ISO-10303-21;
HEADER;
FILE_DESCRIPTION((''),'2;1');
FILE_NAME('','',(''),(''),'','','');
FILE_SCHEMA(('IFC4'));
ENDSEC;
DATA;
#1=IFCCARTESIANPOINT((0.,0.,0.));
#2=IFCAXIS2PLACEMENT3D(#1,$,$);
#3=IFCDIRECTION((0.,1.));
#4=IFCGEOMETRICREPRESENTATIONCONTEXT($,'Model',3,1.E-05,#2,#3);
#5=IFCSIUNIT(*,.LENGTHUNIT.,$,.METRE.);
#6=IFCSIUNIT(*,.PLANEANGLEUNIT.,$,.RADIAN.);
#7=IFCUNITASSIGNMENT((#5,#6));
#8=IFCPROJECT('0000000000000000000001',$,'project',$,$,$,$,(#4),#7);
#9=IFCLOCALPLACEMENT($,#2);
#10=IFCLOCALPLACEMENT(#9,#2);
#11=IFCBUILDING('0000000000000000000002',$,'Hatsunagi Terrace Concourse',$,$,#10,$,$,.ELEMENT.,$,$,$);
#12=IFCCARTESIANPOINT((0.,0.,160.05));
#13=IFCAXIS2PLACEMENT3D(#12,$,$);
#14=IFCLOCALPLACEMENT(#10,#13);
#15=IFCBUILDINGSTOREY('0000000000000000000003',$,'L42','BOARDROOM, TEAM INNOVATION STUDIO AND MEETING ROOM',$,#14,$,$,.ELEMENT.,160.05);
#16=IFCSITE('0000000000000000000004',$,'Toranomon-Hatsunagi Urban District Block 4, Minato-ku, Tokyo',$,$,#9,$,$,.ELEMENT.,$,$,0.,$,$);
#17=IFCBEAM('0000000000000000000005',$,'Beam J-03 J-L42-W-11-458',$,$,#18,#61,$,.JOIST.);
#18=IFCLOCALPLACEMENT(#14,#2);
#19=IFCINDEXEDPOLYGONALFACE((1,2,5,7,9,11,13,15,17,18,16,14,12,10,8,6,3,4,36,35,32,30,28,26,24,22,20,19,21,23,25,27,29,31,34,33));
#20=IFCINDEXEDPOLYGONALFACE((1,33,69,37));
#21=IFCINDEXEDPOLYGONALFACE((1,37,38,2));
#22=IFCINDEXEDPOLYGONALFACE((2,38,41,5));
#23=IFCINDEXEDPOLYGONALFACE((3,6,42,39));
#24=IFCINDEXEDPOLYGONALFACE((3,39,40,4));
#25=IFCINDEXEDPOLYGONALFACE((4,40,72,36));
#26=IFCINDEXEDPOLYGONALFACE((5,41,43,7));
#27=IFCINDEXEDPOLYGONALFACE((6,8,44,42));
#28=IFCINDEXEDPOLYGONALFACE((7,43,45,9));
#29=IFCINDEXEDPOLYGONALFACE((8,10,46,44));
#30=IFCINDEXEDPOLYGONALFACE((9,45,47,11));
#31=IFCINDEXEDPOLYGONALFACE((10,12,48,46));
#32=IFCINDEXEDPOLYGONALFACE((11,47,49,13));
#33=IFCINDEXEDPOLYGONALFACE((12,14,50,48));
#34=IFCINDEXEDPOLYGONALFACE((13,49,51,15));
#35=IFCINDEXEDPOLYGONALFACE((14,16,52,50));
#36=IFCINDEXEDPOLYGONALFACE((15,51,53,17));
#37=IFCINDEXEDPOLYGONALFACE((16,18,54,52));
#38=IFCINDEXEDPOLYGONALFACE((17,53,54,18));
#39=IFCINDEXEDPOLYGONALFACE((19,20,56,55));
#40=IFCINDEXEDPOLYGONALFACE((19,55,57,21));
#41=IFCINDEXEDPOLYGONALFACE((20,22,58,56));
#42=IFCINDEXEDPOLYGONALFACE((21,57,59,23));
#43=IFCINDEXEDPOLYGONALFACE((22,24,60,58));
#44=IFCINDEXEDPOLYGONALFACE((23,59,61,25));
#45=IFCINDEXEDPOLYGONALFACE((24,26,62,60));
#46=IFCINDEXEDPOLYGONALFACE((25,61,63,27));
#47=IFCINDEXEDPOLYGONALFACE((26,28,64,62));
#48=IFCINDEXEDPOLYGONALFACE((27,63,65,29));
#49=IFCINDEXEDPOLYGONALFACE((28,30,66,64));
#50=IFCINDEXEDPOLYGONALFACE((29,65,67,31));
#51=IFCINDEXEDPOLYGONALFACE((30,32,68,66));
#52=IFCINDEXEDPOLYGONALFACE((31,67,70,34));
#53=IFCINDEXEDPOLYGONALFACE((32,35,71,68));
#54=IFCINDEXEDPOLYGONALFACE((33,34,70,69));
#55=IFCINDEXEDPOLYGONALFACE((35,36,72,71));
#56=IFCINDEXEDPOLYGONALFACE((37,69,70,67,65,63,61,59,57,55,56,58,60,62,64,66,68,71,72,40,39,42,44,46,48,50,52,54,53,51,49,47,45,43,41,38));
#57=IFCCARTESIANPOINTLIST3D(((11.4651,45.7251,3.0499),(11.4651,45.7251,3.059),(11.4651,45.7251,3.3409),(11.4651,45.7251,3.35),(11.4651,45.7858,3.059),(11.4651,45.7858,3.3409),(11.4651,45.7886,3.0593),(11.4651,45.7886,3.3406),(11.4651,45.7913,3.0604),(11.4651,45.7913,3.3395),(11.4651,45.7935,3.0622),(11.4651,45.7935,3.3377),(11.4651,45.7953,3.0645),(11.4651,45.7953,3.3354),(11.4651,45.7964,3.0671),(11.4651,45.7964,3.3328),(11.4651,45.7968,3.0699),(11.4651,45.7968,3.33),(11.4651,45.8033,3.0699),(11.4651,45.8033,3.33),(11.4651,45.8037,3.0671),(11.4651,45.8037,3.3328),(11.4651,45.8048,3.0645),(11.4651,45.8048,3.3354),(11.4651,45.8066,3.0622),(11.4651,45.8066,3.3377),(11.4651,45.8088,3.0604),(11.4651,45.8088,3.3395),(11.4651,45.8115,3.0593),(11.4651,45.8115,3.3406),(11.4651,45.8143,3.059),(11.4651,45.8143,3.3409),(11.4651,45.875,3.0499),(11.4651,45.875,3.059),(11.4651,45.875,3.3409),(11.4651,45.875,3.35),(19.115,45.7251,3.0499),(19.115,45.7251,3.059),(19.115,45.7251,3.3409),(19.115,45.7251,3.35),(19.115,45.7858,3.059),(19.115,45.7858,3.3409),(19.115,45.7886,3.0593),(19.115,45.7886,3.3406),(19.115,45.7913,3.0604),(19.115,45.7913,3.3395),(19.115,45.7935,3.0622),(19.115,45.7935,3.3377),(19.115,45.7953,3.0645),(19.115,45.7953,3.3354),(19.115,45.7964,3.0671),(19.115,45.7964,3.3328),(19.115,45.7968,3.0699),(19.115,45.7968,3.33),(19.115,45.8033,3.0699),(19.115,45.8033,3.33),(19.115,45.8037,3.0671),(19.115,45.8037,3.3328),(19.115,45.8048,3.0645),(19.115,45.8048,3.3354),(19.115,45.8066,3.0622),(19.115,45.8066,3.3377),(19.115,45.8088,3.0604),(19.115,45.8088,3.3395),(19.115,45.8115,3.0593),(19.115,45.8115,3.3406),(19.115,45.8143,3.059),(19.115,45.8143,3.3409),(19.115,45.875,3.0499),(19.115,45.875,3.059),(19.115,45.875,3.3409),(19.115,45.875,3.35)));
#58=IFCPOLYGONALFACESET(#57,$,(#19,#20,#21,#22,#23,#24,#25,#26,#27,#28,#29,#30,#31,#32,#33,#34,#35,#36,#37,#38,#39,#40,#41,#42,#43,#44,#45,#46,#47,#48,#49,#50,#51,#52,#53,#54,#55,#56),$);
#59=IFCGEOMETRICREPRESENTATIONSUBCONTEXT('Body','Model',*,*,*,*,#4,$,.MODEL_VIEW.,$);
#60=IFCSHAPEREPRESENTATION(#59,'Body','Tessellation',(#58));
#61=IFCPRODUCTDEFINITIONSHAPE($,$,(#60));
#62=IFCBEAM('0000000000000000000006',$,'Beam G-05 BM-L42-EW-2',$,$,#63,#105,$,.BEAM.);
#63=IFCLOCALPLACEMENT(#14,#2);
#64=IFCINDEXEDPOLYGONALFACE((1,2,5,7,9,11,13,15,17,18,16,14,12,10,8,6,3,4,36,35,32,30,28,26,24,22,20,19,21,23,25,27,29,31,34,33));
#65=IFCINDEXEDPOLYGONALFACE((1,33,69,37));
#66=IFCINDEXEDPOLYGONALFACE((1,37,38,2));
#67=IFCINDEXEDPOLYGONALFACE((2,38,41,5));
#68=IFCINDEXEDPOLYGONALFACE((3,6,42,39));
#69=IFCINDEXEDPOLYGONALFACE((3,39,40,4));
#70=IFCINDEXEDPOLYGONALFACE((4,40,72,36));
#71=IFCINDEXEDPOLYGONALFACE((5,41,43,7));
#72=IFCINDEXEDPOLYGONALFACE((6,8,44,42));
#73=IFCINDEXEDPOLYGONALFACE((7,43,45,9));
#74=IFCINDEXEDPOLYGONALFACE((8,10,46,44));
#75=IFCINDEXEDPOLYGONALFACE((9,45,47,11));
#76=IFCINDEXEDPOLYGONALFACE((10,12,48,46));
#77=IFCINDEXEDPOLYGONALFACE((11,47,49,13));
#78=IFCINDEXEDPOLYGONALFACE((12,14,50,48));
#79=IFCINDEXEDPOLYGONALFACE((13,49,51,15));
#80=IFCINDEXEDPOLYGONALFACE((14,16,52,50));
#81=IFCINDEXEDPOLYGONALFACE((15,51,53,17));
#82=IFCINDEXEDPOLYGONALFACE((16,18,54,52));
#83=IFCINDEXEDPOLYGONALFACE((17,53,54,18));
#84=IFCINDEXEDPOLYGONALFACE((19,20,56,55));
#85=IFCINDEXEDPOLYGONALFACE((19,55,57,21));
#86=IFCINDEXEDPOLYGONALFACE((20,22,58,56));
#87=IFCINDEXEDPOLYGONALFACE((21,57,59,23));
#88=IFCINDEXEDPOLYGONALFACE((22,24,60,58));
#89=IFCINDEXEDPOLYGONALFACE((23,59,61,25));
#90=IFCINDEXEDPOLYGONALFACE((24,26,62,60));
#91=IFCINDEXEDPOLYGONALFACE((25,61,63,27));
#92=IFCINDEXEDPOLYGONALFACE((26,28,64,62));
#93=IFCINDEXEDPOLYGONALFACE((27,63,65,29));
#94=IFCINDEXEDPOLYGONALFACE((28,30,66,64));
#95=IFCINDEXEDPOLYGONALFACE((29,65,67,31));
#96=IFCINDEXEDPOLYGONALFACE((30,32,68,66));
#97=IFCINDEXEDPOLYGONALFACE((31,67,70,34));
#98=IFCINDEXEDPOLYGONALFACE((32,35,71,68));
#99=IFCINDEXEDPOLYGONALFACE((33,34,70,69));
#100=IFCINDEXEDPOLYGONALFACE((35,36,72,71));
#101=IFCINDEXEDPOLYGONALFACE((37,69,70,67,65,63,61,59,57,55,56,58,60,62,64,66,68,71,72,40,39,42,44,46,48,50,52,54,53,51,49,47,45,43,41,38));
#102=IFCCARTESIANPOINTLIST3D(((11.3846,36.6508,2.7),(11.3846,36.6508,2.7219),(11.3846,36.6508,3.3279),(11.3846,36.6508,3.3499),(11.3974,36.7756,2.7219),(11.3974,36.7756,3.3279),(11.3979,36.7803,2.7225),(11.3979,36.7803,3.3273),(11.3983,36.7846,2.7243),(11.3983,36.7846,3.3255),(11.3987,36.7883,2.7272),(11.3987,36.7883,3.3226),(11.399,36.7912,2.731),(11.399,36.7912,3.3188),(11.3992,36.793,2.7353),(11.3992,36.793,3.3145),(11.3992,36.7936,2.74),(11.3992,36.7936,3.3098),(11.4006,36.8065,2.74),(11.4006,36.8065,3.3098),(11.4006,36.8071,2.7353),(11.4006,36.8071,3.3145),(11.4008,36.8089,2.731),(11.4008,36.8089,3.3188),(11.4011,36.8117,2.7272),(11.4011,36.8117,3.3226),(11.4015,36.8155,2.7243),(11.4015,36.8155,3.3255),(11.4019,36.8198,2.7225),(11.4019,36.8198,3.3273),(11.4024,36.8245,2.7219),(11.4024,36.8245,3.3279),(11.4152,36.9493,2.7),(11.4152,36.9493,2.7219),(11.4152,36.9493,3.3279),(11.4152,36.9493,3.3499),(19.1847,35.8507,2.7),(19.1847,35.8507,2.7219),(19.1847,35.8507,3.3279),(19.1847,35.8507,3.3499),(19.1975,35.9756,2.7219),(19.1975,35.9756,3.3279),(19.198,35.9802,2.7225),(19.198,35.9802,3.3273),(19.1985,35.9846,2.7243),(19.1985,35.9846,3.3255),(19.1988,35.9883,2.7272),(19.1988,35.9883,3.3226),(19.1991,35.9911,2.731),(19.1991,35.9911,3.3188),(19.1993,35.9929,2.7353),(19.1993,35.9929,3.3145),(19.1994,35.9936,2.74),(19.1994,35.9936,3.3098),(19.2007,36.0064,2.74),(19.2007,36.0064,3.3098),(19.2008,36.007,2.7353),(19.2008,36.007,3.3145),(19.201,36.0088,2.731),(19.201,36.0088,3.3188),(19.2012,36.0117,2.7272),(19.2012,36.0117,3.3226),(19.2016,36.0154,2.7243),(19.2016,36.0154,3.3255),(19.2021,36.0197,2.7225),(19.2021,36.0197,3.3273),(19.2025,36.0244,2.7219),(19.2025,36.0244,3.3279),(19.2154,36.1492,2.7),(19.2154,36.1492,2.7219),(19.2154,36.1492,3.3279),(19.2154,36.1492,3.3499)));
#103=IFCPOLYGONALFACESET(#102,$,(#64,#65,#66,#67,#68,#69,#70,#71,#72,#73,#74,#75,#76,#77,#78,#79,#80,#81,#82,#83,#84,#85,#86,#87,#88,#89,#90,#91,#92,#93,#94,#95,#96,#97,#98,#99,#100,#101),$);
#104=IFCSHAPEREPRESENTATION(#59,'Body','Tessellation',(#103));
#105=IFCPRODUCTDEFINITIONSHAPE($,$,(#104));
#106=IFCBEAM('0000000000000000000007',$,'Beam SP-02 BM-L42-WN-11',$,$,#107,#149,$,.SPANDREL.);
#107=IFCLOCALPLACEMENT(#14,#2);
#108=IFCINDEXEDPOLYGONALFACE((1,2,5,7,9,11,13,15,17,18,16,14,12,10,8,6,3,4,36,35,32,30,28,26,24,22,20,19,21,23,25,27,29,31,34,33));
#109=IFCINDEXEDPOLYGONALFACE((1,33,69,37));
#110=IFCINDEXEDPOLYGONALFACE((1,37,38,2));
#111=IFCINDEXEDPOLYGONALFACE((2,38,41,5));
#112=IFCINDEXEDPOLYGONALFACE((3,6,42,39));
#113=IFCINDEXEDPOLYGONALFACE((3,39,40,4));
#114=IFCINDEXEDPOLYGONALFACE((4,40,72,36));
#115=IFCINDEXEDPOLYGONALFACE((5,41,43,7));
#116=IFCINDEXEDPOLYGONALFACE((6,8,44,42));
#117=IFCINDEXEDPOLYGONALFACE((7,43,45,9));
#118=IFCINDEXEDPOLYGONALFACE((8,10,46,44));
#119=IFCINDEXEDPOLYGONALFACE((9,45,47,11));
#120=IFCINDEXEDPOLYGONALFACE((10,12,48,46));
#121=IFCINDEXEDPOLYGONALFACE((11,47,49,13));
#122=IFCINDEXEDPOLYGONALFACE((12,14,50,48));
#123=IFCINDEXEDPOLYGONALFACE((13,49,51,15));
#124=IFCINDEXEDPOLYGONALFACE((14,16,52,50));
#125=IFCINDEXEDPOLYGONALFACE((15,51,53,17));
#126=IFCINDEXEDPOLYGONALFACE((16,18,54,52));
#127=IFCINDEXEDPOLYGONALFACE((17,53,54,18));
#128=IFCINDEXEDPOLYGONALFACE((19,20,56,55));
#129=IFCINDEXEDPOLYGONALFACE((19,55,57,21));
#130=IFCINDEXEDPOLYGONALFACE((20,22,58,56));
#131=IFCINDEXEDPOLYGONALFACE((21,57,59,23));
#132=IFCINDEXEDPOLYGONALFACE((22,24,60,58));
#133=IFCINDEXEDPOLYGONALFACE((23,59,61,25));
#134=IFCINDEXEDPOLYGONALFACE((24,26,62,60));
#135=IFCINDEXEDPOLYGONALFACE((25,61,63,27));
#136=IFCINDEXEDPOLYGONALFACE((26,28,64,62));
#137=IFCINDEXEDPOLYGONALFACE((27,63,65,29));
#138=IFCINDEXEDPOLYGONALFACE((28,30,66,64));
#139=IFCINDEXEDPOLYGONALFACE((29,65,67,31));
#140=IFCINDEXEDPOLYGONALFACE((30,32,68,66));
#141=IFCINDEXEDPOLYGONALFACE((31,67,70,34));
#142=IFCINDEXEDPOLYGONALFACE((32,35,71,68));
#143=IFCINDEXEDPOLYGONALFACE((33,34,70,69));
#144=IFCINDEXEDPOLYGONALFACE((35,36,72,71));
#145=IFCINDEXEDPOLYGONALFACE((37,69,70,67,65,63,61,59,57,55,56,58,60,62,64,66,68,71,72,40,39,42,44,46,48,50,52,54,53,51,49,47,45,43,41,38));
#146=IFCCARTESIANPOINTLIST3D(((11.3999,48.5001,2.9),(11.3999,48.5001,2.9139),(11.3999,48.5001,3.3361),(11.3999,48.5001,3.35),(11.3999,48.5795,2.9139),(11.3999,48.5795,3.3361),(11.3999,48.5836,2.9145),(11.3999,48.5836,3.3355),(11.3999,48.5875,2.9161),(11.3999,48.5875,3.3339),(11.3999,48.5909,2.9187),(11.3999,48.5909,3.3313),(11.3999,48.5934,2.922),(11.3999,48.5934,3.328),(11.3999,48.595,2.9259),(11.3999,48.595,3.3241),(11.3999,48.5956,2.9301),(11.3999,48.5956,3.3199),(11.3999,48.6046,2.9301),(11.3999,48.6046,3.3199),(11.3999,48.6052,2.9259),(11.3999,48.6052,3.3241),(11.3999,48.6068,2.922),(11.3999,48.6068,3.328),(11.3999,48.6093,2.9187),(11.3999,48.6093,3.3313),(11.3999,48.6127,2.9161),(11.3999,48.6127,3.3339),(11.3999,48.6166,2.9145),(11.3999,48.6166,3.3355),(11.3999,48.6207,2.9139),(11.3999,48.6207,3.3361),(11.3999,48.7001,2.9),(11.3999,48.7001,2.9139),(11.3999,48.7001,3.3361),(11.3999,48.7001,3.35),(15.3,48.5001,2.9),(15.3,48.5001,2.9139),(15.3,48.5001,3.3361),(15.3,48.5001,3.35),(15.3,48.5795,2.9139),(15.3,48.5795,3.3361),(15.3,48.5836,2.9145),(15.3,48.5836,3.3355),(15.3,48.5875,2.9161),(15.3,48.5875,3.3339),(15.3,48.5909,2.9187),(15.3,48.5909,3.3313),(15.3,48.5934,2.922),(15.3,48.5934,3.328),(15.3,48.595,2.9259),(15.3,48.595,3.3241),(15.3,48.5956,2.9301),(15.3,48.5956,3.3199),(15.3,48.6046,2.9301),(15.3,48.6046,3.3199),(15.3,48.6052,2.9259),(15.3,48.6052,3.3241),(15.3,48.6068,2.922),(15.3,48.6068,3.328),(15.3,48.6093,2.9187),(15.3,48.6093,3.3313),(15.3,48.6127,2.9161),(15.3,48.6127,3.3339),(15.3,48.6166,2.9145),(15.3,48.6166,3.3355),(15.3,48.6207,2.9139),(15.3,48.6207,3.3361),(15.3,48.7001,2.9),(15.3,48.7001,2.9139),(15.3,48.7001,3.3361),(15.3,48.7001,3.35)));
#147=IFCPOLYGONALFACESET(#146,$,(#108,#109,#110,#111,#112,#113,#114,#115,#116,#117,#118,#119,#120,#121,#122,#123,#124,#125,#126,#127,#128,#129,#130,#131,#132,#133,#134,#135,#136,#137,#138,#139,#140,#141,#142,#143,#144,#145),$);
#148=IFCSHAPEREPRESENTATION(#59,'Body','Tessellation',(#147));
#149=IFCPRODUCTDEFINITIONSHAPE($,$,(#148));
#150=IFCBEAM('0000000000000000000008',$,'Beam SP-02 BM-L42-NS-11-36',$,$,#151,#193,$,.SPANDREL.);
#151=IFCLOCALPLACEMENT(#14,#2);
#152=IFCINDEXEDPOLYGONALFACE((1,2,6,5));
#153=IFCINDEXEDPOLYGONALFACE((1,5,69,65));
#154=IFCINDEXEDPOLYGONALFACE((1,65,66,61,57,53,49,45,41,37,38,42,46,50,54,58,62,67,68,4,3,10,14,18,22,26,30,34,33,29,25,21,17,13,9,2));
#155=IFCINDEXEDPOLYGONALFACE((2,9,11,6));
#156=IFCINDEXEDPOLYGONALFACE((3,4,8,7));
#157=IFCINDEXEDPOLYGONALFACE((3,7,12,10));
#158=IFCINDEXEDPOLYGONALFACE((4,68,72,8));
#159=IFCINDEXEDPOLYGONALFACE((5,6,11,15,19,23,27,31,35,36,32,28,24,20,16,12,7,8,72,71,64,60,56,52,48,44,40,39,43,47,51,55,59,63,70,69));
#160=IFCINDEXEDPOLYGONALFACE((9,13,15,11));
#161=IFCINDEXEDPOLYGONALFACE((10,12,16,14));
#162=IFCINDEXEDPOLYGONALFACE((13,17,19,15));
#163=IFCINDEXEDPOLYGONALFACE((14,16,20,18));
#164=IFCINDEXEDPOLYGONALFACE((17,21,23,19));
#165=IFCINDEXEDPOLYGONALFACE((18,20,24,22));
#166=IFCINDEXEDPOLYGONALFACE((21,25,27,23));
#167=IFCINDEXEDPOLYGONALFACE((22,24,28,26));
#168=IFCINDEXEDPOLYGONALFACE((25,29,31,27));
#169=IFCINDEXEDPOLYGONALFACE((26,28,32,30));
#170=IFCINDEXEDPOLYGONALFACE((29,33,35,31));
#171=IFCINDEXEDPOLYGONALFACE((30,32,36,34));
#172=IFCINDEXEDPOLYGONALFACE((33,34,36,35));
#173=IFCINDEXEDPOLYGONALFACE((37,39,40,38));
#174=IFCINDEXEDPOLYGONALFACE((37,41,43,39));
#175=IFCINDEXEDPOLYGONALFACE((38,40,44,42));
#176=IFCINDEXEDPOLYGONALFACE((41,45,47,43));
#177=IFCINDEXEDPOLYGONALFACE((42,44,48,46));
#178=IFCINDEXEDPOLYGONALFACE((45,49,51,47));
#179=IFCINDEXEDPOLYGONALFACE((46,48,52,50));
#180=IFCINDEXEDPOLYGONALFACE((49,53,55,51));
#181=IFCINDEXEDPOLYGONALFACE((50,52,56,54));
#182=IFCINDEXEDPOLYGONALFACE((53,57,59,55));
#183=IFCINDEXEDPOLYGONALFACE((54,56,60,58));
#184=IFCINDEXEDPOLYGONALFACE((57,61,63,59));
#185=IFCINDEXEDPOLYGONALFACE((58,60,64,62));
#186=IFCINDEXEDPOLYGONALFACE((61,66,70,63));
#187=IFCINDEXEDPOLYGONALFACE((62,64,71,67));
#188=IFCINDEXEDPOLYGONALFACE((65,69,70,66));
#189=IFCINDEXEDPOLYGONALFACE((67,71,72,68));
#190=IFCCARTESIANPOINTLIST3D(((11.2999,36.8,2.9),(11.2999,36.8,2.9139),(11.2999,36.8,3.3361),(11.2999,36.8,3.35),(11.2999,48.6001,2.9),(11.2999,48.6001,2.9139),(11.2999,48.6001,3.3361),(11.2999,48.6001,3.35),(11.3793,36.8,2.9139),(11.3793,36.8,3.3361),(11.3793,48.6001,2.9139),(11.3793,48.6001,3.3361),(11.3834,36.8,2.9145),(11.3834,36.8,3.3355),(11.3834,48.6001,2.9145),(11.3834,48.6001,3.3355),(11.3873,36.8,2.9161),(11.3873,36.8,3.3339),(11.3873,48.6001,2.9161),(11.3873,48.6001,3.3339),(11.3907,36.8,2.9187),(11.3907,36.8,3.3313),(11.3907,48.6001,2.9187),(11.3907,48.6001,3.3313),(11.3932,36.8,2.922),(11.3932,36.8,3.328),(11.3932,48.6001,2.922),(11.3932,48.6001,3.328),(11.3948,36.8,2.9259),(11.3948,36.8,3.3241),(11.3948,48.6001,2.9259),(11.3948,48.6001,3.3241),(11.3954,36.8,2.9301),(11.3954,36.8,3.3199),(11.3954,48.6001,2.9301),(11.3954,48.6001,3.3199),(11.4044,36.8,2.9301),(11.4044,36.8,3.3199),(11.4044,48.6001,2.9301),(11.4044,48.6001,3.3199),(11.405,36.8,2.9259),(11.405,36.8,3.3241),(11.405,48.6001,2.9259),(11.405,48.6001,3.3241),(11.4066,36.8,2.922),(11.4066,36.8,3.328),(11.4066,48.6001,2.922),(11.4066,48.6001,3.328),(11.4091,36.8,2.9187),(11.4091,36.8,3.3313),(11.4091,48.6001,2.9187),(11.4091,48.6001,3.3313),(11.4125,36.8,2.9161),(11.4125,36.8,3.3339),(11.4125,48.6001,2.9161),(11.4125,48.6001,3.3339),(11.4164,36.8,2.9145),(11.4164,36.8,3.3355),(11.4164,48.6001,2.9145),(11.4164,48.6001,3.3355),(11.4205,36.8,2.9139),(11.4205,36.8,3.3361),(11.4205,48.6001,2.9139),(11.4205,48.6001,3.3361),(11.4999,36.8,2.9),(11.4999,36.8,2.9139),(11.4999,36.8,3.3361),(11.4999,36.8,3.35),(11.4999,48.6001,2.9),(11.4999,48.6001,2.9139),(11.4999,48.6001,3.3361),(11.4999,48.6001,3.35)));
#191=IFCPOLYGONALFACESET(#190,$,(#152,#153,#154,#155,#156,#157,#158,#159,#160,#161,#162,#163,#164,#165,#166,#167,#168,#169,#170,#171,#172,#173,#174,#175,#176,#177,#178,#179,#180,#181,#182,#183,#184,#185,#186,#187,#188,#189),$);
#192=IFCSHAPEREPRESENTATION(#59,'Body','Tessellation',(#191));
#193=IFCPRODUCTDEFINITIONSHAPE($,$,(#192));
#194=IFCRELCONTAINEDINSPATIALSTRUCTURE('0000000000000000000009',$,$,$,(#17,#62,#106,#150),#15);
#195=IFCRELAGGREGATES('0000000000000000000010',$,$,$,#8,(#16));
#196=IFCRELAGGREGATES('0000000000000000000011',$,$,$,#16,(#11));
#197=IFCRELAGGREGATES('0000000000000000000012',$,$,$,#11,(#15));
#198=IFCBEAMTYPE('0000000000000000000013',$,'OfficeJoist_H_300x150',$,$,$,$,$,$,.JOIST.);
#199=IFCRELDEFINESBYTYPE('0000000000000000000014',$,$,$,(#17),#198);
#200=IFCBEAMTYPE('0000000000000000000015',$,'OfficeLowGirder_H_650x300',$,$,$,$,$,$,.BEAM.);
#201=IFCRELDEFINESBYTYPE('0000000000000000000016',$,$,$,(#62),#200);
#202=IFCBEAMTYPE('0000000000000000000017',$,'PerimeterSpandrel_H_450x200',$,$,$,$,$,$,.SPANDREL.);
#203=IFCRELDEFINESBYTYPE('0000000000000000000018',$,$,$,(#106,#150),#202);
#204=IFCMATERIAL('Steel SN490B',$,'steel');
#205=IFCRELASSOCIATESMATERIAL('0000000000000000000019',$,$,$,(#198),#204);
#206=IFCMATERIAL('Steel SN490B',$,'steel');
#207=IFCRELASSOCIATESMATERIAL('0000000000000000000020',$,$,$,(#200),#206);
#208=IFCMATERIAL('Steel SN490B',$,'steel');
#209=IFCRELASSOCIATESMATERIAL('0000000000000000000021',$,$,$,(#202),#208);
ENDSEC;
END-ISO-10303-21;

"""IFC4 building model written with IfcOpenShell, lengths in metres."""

from ifc_helpers import new_model, si_unit, direction, frame, origin, origin_2d, place, context, subcontext, project, spatial, i_section, extrude, material, material_profile, profile_set, type_object, element, save


model = new_model("IFC4")

# Units and contexts
model_context = context("Model", 3, precision=1e-05, world=origin(), true_north=direction((0.0, 1.0)))
body_context = subcontext(model_context, "Body", "Model", "MODEL_VIEW")
ifc_project = project(units=[si_unit("LENGTHUNIT", "METRE"), si_unit("PLANEANGLEUNIT", "RADIAN")], contexts=[model_context])

# Site, building, storey
site_placement = place(None, origin())
site = spatial("IfcSite", under=ifc_project, at=site_placement, Name="Toranomon-Hatsunagi Urban District Block 4, Minato-ku, Tokyo", CompositionType="ELEMENT", RefElevation=0.0)
building_placement = place(site_placement, origin())
building = spatial("IfcBuilding", under=site, at=building_placement, Name="Hatsunagi Terrace Concourse", CompositionType="ELEMENT")
storey_placement = place(building_placement, frame((0.0, 0.0, 160.05)))
storey = spatial("IfcBuildingStorey", under=building, at=storey_placement, Name="L42", Description="BOARDROOM, TEAM INNOVATION STUDIO AND MEETING ROOM", CompositionType="ELEMENT", Elevation=160.05)

# Beams
ifc_material_1 = material(Name="Steel SN490B", Category="steel")
ifc_material_profile_1 = material_profile(ifc_material_1, i_section(OverallWidth=0.1499, OverallDepth=0.3, WebThickness=0.0066, FlangeThickness=0.009, FilletRadius=0.011, at=origin_2d()), Name="H-300x150x6.5x9")
ifc_profile_set_1 = profile_set([ifc_material_profile_1], Name="Steel SN490B")
beam_type_1 = type_object("IfcBeamType", Name="OfficeJoist_H_300x150", PredefinedType="JOIST", material=ifc_profile_set_1)
for number, where, z_axis, x_axis, name in (
    (1, (11.4651, 45.8, 3.2), (1.0, 0.0, 0.0), (0.0, 1.0, 0.0), "Beam J-03 J-L42-W-11-458"),
):
    element("IfcBeam", number, at=place(storey_placement, frame(where, z_axis=z_axis, x_axis=x_axis)), inside=storey, type_object=beam_type_1, Name=name, PredefinedType="JOIST", context=body_context, shape_type="SweptSolid", body=[
        extrude(i_section(OverallWidth=0.1499, OverallDepth=0.3, WebThickness=0.0066, FlangeThickness=0.009, FilletRadius=0.011, at=origin_2d()), origin(), (0.0, 0.0, 1.0), 7.6499),
    ])
ifc_material_2 = material(Name="Steel SN490B", Category="steel")
ifc_material_profile_2 = material_profile(ifc_material_2, i_section(OverallWidth=0.3, OverallDepth=0.6499, WebThickness=0.0129, FlangeThickness=0.022, FilletRadius=0.0181, at=origin_2d()), Name="H-650x300x13x22")
ifc_profile_set_2 = profile_set([ifc_material_profile_2], Name="Steel SN490B")
beam_type_2 = type_object("IfcBeamType", Name="OfficeLowGirder_H_650x300", PredefinedType="BEAM", material=ifc_profile_set_2)
beam_1_placement = place(storey_placement, frame((11.3999, 36.8, 3.0249), z_axis=(0.994781, -0.102034, 0.0), x_axis=(0.102034, 0.994781, 0.0)))
element("IfcBeam", 2, at=beam_1_placement, inside=storey, type_object=beam_type_2, Name="Beam G-05 BM-L42-EW-2", PredefinedType="BEAM", context=body_context, shape_type="SweptSolid", body=[
    extrude(i_section(OverallWidth=0.3, OverallDepth=0.6499, WebThickness=0.0129, FlangeThickness=0.022, FilletRadius=0.0181, at=origin_2d()), origin(), (0.0, 0.0, 1.0), 7.8411),
])
ifc_material_3 = material(Name="Steel SN490B", Category="steel")
ifc_material_profile_3 = material_profile(ifc_material_3, i_section(OverallWidth=0.2, OverallDepth=0.45, WebThickness=0.009, FlangeThickness=0.0139, FilletRadius=0.0161, at=origin_2d()), Name="H-450x200x9x14")
ifc_profile_set_3 = profile_set([ifc_material_profile_3], Name="Steel SN490B")
beam_type_3 = type_object("IfcBeamType", Name="PerimeterSpandrel_H_450x200", PredefinedType="SPANDREL", material=ifc_profile_set_3)
beam_2_placement = place(storey_placement, frame((11.3999, 48.6001, 3.125), z_axis=(1.0, 0.0, 0.0), x_axis=(0.0, 1.0, 0.0)))
element("IfcBeam", 3, at=beam_2_placement, inside=storey, type_object=beam_type_3, Name="Beam SP-02 BM-L42-WN-11", PredefinedType="SPANDREL", context=body_context, shape_type="SweptSolid", body=[
    extrude(i_section(OverallWidth=0.2, OverallDepth=0.45, WebThickness=0.009, FlangeThickness=0.0139, FilletRadius=0.0161, at=origin_2d()), origin(), (0.0, 0.0, 1.0), 3.9001),
])
beam_3_placement = place(storey_placement, frame((11.3999, 36.8, 3.125), z_axis=(0.0, 1.0, 0.0), x_axis=(-1.0, 0.0, 0.0)))
element("IfcBeam", 4, at=beam_3_placement, inside=storey, type_object=beam_type_3, Name="Beam SP-02 BM-L42-NS-11-36", PredefinedType="SPANDREL", context=body_context, shape_type="SweptSolid", body=[
    extrude(i_section(OverallWidth=0.2, OverallDepth=0.45, WebThickness=0.009, FlangeThickness=0.0139, FilletRadius=0.0161, at=origin_2d()), origin(), (0.0, 0.0, 1.0), 11.8),
])

save(model, "model.ifc")
